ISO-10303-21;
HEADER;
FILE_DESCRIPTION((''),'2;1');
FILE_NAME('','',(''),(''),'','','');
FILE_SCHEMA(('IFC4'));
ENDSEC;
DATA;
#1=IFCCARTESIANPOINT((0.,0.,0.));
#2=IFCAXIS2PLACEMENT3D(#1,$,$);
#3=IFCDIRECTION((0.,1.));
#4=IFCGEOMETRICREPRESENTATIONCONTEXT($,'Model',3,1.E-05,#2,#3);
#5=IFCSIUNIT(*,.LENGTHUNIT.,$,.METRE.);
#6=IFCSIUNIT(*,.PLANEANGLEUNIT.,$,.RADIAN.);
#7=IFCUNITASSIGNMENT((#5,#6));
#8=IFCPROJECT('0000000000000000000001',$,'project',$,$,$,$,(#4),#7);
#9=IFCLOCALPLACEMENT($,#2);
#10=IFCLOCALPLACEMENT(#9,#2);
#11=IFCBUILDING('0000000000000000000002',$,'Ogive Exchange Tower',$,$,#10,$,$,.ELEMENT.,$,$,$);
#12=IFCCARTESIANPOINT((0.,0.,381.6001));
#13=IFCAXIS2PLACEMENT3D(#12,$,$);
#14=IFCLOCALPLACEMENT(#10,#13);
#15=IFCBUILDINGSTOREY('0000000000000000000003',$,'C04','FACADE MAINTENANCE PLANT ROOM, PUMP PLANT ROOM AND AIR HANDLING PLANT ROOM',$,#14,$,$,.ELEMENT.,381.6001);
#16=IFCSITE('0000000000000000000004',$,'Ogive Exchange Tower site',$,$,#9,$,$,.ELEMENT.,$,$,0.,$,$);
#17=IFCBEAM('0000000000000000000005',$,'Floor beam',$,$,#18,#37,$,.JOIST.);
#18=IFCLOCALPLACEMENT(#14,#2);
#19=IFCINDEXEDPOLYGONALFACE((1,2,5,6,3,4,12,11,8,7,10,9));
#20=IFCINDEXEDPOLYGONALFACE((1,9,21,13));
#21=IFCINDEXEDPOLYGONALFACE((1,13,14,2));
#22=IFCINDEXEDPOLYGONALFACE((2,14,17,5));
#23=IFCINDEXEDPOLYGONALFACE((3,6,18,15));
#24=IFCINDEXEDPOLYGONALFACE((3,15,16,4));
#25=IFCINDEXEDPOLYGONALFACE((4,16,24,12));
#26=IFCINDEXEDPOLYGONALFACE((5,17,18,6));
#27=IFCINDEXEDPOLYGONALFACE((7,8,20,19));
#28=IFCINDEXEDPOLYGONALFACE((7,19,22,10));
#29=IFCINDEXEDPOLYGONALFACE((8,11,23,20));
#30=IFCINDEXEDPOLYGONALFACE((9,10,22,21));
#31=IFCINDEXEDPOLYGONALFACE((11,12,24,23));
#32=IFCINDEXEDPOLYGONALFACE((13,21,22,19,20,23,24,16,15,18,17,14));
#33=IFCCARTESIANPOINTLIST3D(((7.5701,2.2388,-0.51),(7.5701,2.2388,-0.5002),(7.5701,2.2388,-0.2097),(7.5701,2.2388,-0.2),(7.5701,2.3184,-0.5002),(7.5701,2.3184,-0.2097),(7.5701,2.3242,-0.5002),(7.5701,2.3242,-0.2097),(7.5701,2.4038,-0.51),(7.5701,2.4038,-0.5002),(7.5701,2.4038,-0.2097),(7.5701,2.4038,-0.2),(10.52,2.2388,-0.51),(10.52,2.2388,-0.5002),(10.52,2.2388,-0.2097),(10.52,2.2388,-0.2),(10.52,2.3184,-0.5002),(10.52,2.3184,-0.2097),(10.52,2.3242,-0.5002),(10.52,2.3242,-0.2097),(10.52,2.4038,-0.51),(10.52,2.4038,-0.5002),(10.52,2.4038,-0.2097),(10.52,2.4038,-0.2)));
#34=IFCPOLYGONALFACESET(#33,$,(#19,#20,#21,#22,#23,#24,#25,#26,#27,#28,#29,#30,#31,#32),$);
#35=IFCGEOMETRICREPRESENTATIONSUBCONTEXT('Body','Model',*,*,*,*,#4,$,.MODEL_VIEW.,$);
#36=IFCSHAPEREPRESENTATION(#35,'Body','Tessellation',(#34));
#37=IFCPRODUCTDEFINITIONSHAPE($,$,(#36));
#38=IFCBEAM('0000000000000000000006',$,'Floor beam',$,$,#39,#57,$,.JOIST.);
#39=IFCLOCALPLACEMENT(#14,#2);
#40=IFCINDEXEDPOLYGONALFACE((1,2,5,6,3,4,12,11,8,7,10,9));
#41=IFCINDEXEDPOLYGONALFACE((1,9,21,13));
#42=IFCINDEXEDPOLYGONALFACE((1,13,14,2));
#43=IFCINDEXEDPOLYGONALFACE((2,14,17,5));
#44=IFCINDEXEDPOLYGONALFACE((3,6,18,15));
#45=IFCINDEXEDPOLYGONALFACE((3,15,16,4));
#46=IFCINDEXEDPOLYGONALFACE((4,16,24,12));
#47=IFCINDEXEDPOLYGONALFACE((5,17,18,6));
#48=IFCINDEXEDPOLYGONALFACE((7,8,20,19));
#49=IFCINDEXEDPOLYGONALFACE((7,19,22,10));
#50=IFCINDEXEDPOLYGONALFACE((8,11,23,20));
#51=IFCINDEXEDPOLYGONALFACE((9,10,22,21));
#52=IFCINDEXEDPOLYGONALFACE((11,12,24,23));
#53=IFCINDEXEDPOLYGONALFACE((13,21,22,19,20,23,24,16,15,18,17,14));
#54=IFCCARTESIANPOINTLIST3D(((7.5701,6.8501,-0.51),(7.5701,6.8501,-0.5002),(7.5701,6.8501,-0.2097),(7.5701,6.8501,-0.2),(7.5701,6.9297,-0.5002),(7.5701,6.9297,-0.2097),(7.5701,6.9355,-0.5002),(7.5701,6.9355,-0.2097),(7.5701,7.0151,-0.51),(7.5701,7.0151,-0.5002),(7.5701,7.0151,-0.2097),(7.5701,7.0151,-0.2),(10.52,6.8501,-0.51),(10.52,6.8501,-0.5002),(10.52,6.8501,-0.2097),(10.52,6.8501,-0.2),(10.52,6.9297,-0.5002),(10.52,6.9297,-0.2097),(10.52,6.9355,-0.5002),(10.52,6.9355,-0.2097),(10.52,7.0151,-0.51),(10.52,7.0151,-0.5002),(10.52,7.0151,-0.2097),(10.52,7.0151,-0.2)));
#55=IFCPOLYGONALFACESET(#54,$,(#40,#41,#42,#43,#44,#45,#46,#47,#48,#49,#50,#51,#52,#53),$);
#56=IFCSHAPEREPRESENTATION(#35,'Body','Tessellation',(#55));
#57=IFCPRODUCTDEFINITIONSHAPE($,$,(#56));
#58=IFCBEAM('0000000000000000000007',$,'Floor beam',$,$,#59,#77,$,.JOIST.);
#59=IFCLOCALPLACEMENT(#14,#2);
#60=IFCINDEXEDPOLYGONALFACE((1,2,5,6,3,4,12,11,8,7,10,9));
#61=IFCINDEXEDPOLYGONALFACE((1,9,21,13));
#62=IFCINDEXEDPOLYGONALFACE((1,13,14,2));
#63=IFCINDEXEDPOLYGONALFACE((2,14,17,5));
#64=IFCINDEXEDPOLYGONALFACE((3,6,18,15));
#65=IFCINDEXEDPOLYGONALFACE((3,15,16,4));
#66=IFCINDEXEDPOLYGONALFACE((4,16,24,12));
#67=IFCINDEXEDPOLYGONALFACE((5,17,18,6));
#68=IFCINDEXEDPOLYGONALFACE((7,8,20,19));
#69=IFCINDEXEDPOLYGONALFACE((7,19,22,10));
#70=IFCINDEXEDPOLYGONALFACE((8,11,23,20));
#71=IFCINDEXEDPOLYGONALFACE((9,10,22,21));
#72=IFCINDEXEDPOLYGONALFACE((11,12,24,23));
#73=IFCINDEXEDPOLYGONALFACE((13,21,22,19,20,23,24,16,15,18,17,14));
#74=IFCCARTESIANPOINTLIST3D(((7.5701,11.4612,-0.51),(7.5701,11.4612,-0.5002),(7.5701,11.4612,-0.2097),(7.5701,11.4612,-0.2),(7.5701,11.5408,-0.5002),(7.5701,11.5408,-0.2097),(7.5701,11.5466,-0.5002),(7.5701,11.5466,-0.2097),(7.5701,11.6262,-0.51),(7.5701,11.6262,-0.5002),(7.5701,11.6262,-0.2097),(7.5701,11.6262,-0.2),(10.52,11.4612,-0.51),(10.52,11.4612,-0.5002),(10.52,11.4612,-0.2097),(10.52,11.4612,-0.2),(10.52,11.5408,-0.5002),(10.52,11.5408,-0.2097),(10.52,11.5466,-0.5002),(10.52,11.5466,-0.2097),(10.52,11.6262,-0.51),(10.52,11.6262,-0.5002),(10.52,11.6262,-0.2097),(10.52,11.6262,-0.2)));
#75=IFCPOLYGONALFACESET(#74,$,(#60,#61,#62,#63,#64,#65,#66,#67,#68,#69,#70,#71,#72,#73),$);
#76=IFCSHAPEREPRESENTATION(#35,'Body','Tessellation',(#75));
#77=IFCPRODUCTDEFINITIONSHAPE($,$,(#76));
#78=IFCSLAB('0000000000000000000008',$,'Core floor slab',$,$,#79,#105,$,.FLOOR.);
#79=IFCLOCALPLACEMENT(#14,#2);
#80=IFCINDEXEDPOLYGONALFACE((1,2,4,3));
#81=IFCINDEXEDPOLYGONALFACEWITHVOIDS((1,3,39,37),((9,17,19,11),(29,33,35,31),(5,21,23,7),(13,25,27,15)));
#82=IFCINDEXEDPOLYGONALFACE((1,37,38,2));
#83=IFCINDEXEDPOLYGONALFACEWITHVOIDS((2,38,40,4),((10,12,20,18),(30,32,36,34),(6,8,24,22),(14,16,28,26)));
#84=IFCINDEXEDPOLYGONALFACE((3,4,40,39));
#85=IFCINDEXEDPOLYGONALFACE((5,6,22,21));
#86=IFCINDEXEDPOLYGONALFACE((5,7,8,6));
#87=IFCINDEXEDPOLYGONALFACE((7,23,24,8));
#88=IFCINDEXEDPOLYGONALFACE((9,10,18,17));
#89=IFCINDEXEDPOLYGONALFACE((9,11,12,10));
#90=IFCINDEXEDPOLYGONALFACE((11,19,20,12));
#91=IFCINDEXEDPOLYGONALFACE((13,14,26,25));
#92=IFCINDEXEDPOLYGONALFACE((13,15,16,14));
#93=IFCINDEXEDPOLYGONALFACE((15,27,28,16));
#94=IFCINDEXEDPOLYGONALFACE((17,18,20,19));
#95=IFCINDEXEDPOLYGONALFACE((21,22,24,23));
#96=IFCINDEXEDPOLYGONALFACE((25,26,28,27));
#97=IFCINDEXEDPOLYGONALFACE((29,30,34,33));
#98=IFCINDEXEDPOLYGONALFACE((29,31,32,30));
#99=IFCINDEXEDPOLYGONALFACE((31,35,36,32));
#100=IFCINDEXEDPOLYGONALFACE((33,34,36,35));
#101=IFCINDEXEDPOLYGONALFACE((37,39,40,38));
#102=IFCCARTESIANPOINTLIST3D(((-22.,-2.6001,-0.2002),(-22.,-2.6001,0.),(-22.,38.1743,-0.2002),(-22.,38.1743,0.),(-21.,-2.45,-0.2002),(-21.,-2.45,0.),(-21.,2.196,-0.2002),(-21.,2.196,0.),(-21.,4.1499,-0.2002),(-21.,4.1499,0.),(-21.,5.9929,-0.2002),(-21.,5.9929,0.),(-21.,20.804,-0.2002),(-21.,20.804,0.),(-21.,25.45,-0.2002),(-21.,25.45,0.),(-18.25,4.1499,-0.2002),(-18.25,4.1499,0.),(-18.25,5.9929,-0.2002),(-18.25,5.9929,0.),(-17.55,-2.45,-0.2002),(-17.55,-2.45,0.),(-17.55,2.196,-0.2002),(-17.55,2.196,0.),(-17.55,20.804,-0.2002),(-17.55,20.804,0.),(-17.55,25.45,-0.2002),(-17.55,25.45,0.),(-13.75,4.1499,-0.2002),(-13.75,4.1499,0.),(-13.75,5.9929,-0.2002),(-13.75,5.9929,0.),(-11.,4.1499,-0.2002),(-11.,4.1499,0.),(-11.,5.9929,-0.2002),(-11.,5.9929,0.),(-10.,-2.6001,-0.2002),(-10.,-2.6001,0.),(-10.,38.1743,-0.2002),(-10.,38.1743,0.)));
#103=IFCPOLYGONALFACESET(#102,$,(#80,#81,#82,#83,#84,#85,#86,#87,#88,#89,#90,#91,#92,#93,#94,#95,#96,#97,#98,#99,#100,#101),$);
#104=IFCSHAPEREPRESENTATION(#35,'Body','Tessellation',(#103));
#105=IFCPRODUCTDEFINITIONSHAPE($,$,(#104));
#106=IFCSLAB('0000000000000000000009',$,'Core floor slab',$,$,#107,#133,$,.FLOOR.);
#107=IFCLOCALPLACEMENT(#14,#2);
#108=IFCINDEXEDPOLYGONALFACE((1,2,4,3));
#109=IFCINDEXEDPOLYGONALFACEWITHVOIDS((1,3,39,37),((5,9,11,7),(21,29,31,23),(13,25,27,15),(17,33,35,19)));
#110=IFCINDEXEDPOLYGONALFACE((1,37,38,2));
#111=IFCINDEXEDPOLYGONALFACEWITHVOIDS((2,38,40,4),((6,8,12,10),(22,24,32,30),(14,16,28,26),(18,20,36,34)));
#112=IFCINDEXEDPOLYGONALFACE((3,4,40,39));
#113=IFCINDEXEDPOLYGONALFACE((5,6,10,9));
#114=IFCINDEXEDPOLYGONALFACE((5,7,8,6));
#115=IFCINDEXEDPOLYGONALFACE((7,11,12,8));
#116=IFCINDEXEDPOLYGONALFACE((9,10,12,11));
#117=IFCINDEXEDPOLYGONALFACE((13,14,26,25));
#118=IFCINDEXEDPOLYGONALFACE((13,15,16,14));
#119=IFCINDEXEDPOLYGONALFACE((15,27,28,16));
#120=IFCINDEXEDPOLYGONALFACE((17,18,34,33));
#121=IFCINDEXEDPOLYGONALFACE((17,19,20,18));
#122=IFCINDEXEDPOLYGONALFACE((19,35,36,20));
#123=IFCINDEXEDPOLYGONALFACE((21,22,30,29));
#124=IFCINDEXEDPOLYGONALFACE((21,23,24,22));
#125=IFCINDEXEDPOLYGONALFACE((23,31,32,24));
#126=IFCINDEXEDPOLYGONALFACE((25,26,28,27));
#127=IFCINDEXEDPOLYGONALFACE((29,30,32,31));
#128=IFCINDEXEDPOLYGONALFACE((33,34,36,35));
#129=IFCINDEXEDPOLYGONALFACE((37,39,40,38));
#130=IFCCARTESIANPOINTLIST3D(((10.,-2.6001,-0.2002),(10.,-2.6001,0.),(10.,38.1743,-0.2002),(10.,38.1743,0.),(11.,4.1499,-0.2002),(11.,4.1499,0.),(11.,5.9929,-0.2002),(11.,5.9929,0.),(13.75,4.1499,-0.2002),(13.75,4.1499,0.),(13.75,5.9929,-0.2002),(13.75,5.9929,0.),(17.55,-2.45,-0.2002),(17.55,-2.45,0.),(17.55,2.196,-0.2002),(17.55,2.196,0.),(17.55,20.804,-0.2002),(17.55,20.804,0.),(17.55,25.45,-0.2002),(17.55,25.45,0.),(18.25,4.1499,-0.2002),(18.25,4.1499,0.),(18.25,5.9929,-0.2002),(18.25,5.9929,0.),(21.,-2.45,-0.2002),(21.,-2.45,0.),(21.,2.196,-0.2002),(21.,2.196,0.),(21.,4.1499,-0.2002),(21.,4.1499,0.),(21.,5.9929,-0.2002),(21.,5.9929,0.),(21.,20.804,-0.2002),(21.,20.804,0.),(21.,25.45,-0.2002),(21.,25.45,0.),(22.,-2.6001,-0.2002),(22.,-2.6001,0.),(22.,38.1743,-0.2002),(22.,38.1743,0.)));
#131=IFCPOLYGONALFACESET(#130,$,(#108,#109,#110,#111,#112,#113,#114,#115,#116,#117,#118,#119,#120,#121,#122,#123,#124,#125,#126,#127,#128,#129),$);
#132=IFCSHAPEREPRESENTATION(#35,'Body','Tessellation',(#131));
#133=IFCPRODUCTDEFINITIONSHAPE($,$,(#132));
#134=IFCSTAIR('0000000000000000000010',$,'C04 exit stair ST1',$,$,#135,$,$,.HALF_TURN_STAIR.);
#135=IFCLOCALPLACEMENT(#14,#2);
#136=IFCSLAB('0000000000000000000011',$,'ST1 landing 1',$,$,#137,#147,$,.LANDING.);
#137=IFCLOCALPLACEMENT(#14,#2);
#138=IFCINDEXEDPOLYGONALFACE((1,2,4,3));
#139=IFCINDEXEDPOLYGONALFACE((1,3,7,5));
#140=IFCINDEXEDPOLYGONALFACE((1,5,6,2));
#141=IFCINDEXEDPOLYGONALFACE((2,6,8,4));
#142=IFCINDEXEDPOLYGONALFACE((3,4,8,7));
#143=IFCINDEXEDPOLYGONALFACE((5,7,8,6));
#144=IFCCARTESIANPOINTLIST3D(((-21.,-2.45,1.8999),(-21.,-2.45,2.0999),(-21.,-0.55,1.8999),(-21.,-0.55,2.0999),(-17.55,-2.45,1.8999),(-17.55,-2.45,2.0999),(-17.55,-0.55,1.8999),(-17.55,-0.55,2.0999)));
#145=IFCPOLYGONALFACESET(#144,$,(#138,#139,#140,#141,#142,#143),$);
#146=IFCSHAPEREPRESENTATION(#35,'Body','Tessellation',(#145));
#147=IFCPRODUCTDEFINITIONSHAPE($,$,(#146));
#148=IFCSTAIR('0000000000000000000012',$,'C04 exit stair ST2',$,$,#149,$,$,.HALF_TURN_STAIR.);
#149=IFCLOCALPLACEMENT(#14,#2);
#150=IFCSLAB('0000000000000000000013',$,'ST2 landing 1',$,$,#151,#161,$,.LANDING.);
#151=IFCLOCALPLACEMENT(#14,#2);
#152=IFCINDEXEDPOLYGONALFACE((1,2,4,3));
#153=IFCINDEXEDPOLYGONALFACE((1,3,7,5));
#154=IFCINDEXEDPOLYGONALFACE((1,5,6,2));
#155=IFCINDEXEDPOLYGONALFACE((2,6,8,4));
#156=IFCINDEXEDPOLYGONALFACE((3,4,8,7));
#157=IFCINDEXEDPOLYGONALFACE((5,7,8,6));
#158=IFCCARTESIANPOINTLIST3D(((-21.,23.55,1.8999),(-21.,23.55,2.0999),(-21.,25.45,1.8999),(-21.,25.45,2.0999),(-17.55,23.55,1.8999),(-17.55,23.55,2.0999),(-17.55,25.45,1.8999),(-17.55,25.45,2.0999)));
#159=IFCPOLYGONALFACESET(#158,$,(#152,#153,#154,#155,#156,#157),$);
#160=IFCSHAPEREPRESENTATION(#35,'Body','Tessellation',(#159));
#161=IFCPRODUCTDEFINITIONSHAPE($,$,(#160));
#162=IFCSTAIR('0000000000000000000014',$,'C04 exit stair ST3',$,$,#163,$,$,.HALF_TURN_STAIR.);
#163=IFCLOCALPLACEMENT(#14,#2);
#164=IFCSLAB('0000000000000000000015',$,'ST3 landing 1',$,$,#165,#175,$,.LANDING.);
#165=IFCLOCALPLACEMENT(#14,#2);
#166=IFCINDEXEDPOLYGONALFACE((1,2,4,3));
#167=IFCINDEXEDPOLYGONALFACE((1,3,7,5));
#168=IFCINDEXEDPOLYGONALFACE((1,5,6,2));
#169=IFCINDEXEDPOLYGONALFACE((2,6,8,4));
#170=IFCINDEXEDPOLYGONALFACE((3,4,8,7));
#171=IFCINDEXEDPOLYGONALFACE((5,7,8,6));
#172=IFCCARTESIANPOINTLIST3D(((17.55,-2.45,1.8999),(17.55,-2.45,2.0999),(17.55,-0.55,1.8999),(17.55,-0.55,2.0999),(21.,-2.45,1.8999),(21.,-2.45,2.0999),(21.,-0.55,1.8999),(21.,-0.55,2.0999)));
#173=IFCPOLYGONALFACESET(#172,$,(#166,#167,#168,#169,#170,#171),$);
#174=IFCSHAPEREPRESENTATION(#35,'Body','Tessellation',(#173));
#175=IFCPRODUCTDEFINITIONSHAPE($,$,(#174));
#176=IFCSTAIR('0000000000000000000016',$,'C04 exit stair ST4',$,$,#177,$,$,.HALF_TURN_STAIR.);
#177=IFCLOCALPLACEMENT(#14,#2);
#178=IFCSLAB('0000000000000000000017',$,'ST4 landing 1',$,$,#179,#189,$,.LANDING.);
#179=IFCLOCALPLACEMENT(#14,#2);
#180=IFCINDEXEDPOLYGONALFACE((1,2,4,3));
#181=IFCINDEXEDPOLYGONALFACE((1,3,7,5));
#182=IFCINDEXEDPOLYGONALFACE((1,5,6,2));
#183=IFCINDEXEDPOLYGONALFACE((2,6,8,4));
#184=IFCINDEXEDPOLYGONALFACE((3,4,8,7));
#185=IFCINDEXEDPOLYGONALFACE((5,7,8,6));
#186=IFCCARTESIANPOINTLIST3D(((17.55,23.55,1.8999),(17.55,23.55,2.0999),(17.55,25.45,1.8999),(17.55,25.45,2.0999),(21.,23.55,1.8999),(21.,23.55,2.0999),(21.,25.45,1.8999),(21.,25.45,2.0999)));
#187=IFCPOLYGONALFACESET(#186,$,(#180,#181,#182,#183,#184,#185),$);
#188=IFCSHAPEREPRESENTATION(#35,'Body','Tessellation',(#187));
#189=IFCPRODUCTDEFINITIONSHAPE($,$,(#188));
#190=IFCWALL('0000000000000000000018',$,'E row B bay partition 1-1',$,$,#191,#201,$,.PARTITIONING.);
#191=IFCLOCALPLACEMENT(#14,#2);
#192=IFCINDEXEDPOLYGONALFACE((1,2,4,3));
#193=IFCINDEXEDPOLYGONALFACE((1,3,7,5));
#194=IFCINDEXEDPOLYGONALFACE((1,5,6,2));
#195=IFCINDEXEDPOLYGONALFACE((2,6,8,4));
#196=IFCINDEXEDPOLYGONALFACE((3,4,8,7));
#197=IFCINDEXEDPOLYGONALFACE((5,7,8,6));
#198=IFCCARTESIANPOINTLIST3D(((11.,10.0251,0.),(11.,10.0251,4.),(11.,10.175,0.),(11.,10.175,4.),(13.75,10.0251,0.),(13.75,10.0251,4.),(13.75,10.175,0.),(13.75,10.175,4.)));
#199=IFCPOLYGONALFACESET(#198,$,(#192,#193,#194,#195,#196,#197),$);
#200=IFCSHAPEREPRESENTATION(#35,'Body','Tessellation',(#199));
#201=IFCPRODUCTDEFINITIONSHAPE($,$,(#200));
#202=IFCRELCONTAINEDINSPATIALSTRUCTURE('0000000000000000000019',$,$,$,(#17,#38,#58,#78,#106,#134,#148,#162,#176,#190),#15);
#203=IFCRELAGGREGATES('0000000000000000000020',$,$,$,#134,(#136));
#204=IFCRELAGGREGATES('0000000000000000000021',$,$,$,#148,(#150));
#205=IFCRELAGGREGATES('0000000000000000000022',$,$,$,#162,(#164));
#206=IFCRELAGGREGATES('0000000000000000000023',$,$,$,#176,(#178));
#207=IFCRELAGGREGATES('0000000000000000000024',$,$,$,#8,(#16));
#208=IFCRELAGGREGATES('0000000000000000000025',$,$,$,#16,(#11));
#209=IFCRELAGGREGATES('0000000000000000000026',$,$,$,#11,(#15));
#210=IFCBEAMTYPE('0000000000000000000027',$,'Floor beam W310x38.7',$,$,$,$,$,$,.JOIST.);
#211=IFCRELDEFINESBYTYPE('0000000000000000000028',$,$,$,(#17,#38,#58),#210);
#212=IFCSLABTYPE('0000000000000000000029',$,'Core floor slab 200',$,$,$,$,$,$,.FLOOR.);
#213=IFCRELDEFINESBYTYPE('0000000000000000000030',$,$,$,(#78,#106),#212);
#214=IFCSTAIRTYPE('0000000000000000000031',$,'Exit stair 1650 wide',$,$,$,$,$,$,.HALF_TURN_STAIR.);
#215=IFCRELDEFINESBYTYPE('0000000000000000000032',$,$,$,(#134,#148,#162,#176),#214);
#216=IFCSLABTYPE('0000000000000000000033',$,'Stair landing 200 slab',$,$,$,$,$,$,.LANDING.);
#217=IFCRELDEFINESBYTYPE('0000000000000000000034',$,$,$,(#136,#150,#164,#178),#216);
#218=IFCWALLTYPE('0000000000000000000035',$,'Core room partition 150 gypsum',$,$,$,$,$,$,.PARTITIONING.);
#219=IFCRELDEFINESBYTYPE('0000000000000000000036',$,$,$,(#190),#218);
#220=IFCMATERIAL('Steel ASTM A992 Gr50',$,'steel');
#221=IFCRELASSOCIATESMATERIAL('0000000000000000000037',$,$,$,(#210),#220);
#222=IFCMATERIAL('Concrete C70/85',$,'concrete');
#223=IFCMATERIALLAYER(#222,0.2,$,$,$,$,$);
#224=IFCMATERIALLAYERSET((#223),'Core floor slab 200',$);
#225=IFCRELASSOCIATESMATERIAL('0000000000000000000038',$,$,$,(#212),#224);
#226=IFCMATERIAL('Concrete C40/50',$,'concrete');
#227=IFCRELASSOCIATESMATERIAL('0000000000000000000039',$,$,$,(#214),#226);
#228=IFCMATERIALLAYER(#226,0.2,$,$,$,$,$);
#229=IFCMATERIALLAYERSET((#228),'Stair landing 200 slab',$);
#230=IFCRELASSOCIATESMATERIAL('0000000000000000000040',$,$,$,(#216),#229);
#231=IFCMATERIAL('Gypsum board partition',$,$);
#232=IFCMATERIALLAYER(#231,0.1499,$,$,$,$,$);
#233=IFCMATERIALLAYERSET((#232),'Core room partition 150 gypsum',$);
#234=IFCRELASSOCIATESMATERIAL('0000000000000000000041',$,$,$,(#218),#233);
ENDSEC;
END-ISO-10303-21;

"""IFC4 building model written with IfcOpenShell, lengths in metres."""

from ifc_helpers import new_model, si_unit, direction, frame, frame_2d, origin, origin_2d, place, context, subcontext, project, spatial, polyline, rectangle, i_section, outline, extrude, material, layer, layer_set, material_profile, profile_set, type_object, element, aggregate, save


model = new_model("IFC4")

# Units and contexts
model_context = context("Model", 3, precision=1e-05, world=origin(), true_north=direction((0.0, 1.0)))
body_context = subcontext(model_context, "Body", "Model", "MODEL_VIEW")
ifc_project = project(units=[si_unit("LENGTHUNIT", "METRE"), si_unit("PLANEANGLEUNIT", "RADIAN")], contexts=[model_context])

# Site, building, storey
site_placement = place(None, origin())
site = spatial("IfcSite", under=ifc_project, at=site_placement, Name="Ogive Exchange Tower site", CompositionType="ELEMENT", RefElevation=0.0)
building_placement = place(site_placement, origin())
building = spatial("IfcBuilding", under=site, at=building_placement, Name="Ogive Exchange Tower", CompositionType="ELEMENT")
storey_placement = place(building_placement, frame((0.0, 0.0, 381.6001)))
storey = spatial("IfcBuildingStorey", under=building, at=storey_placement, Name="C04", Description="FACADE MAINTENANCE PLANT ROOM, PUMP PLANT ROOM AND AIR HANDLING PLANT ROOM", CompositionType="ELEMENT", Elevation=381.6001)

# Beams
ifc_material_1 = material(Name="Steel ASTM A992 Gr50", Category="steel")
ifc_material_profile = material_profile(ifc_material_1, i_section(OverallWidth=0.165, OverallDepth=0.3101, WebThickness=0.0059, FlangeThickness=0.0098, at=origin_2d()), Name="W310x38.7")
ifc_profile_set = profile_set([ifc_material_profile], Name="Steel ASTM A992 Gr50")
beam_type = type_object("IfcBeamType", Name="Floor beam W310x38.7", PredefinedType="JOIST", material=ifc_profile_set)
for number, where, z_axis, x_axis, name in (
    (1, (7.5701, 2.3213, -0.355), (1.0, 0.0, 0.0), (0.0, 1.0, 0.0), "Floor beam"),
    (2, (7.5701, 6.9326, -0.355), (1.0, 0.0, 0.0), (0.0, 1.0, 0.0), "Floor beam"),
    (3, (7.5701, 11.5437, -0.355), (1.0, 0.0, 0.0), (0.0, 1.0, 0.0), "Floor beam"),
):
    element("IfcBeam", number, at=place(storey_placement, frame(where, z_axis=z_axis, x_axis=x_axis)), inside=storey, type_object=beam_type, Name=name, PredefinedType="JOIST", context=body_context, shape_type="SweptSolid", body=[
        extrude(i_section(OverallWidth=0.165, OverallDepth=0.3101, WebThickness=0.0059, FlangeThickness=0.0098, at=origin_2d()), origin(), (0.0, 0.0, 1.0), 2.95),
    ])

# Slabs
ifc_material_2 = material(Name="Concrete C70/85", Category="concrete")
ifc_layer_1 = layer(ifc_material_2, 0.2)
ifc_layer_set_1 = layer_set([ifc_layer_1], Name="Core floor slab 200")
slab_type_1 = type_object("IfcSlabType", Name="Core floor slab 200", PredefinedType="FLOOR", material=ifc_layer_set_1)
slab_1_placement = place(storey_placement, frame((0.0, 0.0, -0.2002)))
element("IfcSlab", 4, at=slab_1_placement, inside=storey, type_object=slab_type_1, Name="Core floor slab", PredefinedType="FLOOR", context=body_context, shape_type="SweptSolid", body=[
    extrude(outline(polyline([(-22.0, -2.6001), (-22.0, 38.1743), (-10.0, 38.1743), (-10.0, -2.6001), (-22.0, -2.6001)]), holes=[polyline([(-17.55, 2.196), (-21.0, 2.196), (-21.0, -2.45), (-17.55, -2.45), (-17.55, 2.196)]), polyline([(-21.0, 5.9929), (-21.0, 4.1499), (-18.25, 4.1499), (-18.25, 5.9929), (-21.0, 5.9929)]), polyline([(-13.75, 5.9929), (-13.75, 4.1499), (-11.0, 4.1499), (-11.0, 5.9929), (-13.75, 5.9929)]), polyline([(-21.0, 20.804), (-17.55, 20.804), (-17.55, 25.45), (-21.0, 25.45), (-21.0, 20.804)])]), origin(), (0.0, 0.0, 1.0), 0.2002),
])
slab_2_placement = place(storey_placement, frame((0.0, 0.0, -0.2002)))
element("IfcSlab", 5, at=slab_2_placement, inside=storey, type_object=slab_type_1, Name="Core floor slab", PredefinedType="FLOOR", context=body_context, shape_type="SweptSolid", body=[
    extrude(outline(polyline([(10.0, -2.6001), (10.0, 38.1743), (22.0, 38.1743), (22.0, -2.6001), (10.0, -2.6001)]), holes=[polyline([(21.0, 2.196), (17.55, 2.196), (17.55, -2.45), (21.0, -2.45), (21.0, 2.196)]), polyline([(11.0, 5.9929), (11.0, 4.1499), (13.75, 4.1499), (13.75, 5.9929), (11.0, 5.9929)]), polyline([(18.25, 5.9929), (18.25, 4.1499), (21.0, 4.1499), (21.0, 5.9929), (18.25, 5.9929)]), polyline([(17.55, 20.804), (21.0, 20.804), (21.0, 25.45), (17.55, 25.45), (17.55, 20.804)])]), origin(), (0.0, 0.0, 1.0), 0.2002),
])

# Stairs, slabs
ifc_material_3 = material(Name="Concrete C40/50", Category="concrete")
stair_type = type_object("IfcStairType", Name="Exit stair 1650 wide", PredefinedType="HALF_TURN_STAIR", material=ifc_material_3)
stair_1_placement = place(storey_placement, origin())
stair_1 = element("IfcStair", 6, at=stair_1_placement, inside=storey, type_object=stair_type, Name="C04 exit stair ST1", PredefinedType="HALF_TURN_STAIR")
ifc_layer_2 = layer(ifc_material_3, 0.2)
ifc_layer_set_2 = layer_set([ifc_layer_2], Name="Stair landing 200 slab")
slab_type_2 = type_object("IfcSlabType", Name="Stair landing 200 slab", PredefinedType="LANDING", material=ifc_layer_set_2)
slab_3_placement = place(storey_placement, frame((0.0, 0.0, 1.8999)))
slab_3 = element("IfcSlab", 7, at=slab_3_placement, type_object=slab_type_2, Name="ST1 landing 1", PredefinedType="LANDING", context=body_context, shape_type="SweptSolid", body=[
    extrude(outline(polyline([(-21.0, -0.55), (-21.0, -2.45), (-17.55, -2.45), (-17.55, -0.55), (-21.0, -0.55)])), origin(), (0.0, 0.0, 1.0), 0.2),
])
aggregate(stair_1, [slab_3])
stair_2_placement = place(storey_placement, origin())
stair_2 = element("IfcStair", 8, at=stair_2_placement, inside=storey, type_object=stair_type, Name="C04 exit stair ST2", PredefinedType="HALF_TURN_STAIR")
slab_4_placement = place(storey_placement, frame((0.0, 0.0, 1.8999)))
slab_4 = element("IfcSlab", 9, at=slab_4_placement, type_object=slab_type_2, Name="ST2 landing 1", PredefinedType="LANDING", context=body_context, shape_type="SweptSolid", body=[
    extrude(outline(polyline([(-17.55, 23.55), (-17.55, 25.45), (-21.0, 25.45), (-21.0, 23.55), (-17.55, 23.55)])), origin(), (0.0, 0.0, 1.0), 0.2),
])
aggregate(stair_2, [slab_4])
stair_3_placement = place(storey_placement, origin())
stair_3 = element("IfcStair", 10, at=stair_3_placement, inside=storey, type_object=stair_type, Name="C04 exit stair ST3", PredefinedType="HALF_TURN_STAIR")
slab_5_placement = place(storey_placement, frame((0.0, 0.0, 1.8999)))
slab_5 = element("IfcSlab", 11, at=slab_5_placement, type_object=slab_type_2, Name="ST3 landing 1", PredefinedType="LANDING", context=body_context, shape_type="SweptSolid", body=[
    extrude(outline(polyline([(17.55, -0.55), (17.55, -2.45), (21.0, -2.45), (21.0, -0.55), (17.55, -0.55)])), origin(), (0.0, 0.0, 1.0), 0.2),
])
aggregate(stair_3, [slab_5])
stair_4_placement = place(storey_placement, origin())
stair_4 = element("IfcStair", 12, at=stair_4_placement, inside=storey, type_object=stair_type, Name="C04 exit stair ST4", PredefinedType="HALF_TURN_STAIR")
slab_6_placement = place(storey_placement, frame((0.0, 0.0, 1.8999)))
slab_6 = element("IfcSlab", 13, at=slab_6_placement, type_object=slab_type_2, Name="ST4 landing 1", PredefinedType="LANDING", context=body_context, shape_type="SweptSolid", body=[
    extrude(outline(polyline([(21.0, 23.55), (21.0, 25.45), (17.55, 25.45), (17.55, 23.55), (21.0, 23.55)])), origin(), (0.0, 0.0, 1.0), 0.2),
])
aggregate(stair_4, [slab_6])

# Wall
ifc_material_4 = material(Name="Gypsum board partition")
ifc_layer_3 = layer(ifc_material_4, 0.1499)
ifc_layer_set_3 = layer_set([ifc_layer_3], Name="Core room partition 150 gypsum")
wall_type_1 = type_object("IfcWallType", Name="Core room partition 150 gypsum", PredefinedType="PARTITIONING", material=ifc_layer_set_3)
for number, where, z_axis, x_axis, name in (
    (14, (11.0, 10.1001, 0.0), (0.0, 0.0, 1.0), (1.0, 0.0, 0.0), "E row B bay partition 1-1"),
):
    element("IfcWall", number, at=place(storey_placement, frame(where, z_axis=z_axis, x_axis=x_axis)), inside=storey, type_object=wall_type_1, Name=name, PredefinedType="PARTITIONING", context=body_context, shape_type="SweptSolid", body=[
        extrude(rectangle(XDim=2.75, YDim=0.1499, at=frame_2d((1.375, 0.0))), origin(), (0.0, 0.0, 1.0), 4.0),
    ])

save(model, "model.ifc")
